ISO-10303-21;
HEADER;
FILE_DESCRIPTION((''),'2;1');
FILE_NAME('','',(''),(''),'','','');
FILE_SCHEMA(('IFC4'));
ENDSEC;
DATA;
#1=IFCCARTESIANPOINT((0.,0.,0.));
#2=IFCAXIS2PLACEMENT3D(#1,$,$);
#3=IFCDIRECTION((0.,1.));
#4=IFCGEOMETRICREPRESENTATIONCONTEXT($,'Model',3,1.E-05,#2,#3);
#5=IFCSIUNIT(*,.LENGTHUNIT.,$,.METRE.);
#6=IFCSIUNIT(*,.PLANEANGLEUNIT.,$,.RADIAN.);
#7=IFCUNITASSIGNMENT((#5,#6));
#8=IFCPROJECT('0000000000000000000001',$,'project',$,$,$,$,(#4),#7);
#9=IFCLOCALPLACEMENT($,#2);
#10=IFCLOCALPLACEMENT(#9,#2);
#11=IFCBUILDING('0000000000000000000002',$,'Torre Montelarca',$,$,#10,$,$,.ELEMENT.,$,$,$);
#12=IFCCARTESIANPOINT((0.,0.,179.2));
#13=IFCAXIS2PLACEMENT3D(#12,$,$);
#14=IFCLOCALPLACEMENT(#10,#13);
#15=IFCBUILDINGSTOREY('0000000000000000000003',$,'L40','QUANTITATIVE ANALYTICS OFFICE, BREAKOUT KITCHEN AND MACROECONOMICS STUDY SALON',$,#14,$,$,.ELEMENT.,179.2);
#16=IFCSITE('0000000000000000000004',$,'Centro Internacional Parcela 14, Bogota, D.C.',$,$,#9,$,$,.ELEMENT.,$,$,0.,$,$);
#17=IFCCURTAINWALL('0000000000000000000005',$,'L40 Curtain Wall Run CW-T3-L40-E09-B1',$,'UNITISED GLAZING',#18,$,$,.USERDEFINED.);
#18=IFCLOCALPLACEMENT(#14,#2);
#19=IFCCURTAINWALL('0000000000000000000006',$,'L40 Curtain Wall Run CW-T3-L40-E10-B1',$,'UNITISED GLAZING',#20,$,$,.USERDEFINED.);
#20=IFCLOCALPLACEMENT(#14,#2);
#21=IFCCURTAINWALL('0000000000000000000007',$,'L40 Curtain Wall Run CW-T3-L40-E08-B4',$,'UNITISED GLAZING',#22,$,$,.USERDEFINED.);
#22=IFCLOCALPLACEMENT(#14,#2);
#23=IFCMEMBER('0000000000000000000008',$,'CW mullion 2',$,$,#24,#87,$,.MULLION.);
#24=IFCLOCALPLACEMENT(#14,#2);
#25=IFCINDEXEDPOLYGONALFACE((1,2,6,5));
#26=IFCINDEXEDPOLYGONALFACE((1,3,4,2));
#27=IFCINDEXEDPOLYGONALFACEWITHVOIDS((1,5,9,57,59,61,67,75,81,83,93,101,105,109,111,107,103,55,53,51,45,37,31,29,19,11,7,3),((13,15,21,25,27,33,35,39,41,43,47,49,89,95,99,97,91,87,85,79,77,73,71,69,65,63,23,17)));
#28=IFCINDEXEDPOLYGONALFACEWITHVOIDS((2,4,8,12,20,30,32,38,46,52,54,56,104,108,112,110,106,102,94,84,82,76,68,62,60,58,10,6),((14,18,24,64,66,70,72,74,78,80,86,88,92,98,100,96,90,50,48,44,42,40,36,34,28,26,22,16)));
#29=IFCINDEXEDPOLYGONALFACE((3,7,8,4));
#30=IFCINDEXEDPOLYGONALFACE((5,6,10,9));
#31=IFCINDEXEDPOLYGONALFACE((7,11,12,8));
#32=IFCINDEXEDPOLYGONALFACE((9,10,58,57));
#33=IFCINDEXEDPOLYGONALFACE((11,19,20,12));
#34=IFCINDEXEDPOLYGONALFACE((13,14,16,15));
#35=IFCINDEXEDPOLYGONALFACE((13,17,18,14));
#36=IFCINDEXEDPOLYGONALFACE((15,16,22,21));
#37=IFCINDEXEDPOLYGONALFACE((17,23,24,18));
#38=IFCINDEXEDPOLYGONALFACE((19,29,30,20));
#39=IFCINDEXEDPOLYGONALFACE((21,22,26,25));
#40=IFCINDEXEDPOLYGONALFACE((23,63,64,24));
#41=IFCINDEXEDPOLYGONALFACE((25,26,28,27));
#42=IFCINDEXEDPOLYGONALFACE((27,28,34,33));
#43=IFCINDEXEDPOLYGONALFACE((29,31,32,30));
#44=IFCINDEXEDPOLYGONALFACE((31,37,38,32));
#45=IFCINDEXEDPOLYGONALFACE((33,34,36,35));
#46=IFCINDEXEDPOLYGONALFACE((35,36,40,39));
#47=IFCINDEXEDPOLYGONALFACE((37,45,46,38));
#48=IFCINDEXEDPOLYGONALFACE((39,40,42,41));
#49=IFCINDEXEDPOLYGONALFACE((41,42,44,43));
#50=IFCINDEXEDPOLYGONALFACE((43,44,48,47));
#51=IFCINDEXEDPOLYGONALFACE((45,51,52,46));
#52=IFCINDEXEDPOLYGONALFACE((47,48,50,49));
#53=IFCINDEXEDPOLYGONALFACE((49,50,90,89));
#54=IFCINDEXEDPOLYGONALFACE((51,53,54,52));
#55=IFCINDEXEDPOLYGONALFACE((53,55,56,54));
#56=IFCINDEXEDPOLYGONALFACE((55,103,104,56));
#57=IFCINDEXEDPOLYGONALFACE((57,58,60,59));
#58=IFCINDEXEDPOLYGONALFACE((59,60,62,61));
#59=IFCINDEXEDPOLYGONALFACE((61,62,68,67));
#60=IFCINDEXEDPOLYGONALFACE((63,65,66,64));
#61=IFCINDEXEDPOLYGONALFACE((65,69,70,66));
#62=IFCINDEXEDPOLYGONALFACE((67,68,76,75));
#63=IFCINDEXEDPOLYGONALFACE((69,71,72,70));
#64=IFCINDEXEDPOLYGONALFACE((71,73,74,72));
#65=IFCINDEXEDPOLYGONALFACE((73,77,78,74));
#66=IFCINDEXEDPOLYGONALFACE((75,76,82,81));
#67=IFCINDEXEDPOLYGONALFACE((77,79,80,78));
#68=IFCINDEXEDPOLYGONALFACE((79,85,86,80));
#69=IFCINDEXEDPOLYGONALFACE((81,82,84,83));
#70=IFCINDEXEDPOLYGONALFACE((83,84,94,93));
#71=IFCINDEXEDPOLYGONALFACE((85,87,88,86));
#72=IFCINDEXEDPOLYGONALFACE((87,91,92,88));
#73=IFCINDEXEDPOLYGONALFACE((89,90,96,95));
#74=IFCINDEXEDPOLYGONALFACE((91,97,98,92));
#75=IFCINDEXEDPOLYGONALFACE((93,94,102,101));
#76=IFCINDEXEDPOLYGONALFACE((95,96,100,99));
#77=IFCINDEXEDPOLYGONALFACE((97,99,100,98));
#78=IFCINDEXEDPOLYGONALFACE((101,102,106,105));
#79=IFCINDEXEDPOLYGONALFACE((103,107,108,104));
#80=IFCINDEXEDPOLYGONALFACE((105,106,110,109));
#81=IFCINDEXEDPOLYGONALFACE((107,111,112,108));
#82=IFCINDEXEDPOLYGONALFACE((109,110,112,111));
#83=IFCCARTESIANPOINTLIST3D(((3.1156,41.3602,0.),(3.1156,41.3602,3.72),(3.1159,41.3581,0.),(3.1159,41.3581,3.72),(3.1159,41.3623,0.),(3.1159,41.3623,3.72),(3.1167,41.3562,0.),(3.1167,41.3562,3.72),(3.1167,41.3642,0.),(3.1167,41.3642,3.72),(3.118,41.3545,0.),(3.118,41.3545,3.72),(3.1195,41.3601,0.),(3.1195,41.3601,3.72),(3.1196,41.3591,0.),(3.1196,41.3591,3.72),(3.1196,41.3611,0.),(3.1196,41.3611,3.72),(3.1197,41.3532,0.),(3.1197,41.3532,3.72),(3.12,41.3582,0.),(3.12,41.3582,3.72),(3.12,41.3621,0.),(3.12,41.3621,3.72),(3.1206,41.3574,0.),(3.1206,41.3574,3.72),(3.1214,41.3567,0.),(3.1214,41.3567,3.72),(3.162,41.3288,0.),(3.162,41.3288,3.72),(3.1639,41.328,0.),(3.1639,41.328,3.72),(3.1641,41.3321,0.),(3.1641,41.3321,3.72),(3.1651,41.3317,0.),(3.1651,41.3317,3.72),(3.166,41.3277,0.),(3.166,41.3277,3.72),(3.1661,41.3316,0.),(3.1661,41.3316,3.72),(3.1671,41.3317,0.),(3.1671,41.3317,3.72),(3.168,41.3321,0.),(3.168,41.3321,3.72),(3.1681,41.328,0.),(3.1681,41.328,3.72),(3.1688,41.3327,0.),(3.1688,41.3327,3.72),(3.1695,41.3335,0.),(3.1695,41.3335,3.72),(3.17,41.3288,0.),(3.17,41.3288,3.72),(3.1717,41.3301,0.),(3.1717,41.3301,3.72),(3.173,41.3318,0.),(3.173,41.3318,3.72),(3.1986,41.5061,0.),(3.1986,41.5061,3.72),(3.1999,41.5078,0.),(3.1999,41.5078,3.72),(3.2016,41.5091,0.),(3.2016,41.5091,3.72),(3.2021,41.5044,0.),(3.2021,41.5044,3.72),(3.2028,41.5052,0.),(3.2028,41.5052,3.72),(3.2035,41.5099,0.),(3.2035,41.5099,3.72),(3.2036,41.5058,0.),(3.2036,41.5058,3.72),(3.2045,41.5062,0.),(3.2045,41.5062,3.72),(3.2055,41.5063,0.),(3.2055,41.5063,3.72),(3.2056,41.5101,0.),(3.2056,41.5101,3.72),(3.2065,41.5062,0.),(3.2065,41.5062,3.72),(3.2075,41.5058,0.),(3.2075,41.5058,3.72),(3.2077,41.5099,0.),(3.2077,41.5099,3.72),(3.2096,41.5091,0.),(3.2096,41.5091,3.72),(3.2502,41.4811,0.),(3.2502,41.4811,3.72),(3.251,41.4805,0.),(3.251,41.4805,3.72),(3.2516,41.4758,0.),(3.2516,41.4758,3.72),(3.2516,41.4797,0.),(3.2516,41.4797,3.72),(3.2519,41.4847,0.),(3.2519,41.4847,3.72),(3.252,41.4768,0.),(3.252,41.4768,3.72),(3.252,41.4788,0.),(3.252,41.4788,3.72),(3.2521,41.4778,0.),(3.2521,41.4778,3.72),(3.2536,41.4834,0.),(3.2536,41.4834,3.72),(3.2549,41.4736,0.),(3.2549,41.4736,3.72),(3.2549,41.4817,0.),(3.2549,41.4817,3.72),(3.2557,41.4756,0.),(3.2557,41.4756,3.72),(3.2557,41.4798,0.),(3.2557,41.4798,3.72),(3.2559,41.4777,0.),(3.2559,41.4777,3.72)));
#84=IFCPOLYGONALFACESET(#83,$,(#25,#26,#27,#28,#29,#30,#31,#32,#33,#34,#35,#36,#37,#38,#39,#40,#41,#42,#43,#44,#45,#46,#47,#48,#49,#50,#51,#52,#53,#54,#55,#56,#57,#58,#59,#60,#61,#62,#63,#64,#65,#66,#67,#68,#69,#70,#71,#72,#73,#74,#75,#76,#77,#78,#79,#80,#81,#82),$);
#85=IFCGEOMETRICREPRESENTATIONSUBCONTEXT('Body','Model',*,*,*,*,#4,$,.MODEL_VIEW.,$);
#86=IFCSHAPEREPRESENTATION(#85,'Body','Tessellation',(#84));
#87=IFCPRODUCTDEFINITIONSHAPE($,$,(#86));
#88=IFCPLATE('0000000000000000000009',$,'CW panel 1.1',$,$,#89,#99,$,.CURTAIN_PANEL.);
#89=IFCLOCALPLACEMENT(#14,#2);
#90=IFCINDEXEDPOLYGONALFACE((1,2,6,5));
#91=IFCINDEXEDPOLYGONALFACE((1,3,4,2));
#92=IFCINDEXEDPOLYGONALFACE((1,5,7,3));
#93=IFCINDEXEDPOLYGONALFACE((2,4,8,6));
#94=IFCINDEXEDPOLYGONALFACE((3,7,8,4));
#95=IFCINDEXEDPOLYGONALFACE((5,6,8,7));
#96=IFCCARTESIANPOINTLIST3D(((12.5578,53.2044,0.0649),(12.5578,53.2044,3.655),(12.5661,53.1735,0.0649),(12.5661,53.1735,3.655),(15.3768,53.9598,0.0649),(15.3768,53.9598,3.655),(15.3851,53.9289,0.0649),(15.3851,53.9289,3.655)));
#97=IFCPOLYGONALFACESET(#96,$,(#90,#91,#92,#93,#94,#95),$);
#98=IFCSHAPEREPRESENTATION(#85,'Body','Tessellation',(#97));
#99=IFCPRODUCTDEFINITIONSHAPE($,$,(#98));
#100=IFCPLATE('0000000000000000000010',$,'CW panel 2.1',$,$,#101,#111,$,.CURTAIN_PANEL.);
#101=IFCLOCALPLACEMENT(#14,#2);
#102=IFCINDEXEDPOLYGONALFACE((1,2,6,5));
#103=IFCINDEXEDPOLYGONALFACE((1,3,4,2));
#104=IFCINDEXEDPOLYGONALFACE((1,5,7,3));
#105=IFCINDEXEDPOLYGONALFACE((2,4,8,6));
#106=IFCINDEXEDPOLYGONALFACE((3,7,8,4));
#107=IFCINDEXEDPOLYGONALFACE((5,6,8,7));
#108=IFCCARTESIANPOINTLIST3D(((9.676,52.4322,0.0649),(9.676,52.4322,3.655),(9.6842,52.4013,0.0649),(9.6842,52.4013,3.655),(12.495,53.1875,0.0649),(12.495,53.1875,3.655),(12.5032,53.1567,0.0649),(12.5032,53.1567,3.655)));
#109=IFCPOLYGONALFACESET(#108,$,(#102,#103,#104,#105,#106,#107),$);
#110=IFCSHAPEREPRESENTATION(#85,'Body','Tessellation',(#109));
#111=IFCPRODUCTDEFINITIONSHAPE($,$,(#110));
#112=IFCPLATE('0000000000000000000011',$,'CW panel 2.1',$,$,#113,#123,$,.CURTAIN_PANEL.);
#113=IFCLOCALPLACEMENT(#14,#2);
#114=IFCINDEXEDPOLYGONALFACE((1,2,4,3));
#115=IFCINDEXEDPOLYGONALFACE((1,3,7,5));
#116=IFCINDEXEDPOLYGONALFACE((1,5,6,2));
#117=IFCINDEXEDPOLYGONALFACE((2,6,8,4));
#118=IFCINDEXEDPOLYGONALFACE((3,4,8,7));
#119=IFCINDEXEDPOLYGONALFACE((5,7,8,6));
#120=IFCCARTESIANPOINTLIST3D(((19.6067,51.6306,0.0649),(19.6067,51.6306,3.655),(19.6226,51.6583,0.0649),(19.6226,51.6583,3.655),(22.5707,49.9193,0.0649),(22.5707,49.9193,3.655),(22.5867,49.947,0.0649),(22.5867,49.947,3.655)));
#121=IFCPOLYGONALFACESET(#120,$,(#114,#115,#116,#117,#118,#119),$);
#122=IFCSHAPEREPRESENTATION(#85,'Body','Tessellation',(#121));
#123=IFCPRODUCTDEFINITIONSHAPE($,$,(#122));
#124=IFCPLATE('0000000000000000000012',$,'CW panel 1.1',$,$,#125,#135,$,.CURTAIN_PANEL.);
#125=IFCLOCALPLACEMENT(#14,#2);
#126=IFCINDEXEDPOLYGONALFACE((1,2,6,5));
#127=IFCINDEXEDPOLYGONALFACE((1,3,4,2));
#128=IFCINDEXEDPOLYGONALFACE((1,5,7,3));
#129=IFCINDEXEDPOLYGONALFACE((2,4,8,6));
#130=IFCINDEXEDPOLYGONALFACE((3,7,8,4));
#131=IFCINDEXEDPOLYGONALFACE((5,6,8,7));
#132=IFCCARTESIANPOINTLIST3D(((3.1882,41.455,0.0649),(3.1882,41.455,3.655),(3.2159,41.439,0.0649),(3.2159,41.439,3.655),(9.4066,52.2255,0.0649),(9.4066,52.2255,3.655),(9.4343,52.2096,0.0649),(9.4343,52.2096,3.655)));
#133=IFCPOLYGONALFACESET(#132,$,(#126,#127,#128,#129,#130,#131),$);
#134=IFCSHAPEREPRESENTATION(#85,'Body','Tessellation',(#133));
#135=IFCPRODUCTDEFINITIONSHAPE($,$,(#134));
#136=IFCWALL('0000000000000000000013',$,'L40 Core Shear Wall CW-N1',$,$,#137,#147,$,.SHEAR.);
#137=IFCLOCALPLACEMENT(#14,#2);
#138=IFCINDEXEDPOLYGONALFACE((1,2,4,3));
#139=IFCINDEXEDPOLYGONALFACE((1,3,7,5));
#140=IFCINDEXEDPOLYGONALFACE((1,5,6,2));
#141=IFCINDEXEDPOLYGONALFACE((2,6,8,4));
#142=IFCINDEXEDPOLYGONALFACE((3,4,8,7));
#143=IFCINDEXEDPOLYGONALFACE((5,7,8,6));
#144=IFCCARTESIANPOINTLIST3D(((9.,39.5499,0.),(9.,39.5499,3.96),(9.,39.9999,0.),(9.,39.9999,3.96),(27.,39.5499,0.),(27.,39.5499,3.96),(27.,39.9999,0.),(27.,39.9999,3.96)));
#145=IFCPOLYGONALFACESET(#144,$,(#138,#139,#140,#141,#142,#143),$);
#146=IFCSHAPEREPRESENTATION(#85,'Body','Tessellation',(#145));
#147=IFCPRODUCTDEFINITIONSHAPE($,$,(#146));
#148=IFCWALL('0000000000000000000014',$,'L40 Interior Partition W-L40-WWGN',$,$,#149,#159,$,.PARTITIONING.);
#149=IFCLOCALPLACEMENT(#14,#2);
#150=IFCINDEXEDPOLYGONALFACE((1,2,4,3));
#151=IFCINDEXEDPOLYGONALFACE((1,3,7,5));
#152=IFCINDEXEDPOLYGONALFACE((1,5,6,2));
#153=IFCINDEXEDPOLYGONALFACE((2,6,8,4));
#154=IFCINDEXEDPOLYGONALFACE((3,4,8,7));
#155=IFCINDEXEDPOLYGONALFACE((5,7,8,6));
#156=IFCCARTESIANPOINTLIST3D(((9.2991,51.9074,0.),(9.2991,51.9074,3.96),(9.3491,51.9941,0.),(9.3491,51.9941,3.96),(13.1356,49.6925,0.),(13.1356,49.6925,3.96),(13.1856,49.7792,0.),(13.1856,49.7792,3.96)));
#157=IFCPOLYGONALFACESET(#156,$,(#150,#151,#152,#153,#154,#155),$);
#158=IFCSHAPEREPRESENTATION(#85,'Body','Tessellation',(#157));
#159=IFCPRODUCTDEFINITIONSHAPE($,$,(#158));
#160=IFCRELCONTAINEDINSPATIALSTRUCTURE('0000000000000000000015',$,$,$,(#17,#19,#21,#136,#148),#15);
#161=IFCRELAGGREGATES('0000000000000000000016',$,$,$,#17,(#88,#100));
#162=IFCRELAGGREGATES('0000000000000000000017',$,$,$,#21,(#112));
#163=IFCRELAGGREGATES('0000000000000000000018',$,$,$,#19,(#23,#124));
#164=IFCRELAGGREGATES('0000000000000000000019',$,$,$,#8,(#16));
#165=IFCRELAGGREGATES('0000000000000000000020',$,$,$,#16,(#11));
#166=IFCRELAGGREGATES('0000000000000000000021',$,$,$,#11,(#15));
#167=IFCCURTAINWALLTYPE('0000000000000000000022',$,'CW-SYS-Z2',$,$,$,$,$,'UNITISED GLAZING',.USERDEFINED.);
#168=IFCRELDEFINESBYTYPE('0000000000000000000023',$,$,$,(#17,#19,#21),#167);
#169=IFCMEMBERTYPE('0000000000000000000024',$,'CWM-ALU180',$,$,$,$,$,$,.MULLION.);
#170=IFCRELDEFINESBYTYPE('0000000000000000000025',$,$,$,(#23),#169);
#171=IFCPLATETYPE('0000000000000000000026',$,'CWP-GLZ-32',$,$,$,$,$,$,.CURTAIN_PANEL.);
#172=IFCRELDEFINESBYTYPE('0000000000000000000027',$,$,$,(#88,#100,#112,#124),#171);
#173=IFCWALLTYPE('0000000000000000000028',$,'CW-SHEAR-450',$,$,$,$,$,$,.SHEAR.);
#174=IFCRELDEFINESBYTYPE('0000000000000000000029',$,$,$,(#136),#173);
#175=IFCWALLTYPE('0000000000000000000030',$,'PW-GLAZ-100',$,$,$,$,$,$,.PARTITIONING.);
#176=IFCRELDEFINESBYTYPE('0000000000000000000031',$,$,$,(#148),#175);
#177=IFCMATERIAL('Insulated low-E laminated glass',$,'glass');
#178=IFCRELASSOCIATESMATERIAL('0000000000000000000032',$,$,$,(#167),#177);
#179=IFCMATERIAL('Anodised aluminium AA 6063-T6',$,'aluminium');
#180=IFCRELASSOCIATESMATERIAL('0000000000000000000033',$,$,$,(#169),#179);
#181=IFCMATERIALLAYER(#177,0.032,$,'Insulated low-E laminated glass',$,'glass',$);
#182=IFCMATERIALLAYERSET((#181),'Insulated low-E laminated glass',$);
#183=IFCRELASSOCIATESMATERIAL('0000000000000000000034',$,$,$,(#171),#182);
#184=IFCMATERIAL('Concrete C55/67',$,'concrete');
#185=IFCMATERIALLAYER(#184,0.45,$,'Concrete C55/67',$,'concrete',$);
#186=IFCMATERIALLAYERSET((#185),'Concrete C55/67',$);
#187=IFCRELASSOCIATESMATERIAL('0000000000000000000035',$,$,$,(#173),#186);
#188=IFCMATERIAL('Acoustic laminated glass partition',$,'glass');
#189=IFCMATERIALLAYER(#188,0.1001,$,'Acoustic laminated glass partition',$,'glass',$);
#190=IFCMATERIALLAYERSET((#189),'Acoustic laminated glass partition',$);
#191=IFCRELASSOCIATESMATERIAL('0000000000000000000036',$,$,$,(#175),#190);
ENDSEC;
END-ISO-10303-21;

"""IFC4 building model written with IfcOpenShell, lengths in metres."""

from ifc_helpers import new_model, si_unit, direction, frame, frame_2d, origin, origin_2d, place, context, subcontext, project, spatial, rectangle, hollow_rectangle, extrude, source, transform, mapped, material, layer, layer_set, material_profile, profile_set, type_object, element, aggregate, save


model = new_model("IFC4")

# Units and contexts
model_context = context("Model", 3, precision=1e-05, world=origin(), true_north=direction((0.0, 1.0)))
body_context = subcontext(model_context, "Body", "Model", "MODEL_VIEW")
ifc_project = project(units=[si_unit("LENGTHUNIT", "METRE"), si_unit("PLANEANGLEUNIT", "RADIAN")], contexts=[model_context])

# Site, building, storey
site_placement = place(None, origin())
site = spatial("IfcSite", under=ifc_project, at=site_placement, Name="Centro Internacional Parcela 14, Bogota, D.C.", CompositionType="ELEMENT", RefElevation=0.0)
building_placement = place(site_placement, origin())
building = spatial("IfcBuilding", under=site, at=building_placement, Name="Torre Montelarca", CompositionType="ELEMENT")
storey_placement = place(building_placement, frame((0.0, 0.0, 179.2)))
storey = spatial("IfcBuildingStorey", under=building, at=storey_placement, Name="L40", Description="QUANTITATIVE ANALYTICS OFFICE, BREAKOUT KITCHEN AND MACROECONOMICS STUDY SALON", CompositionType="ELEMENT", Elevation=179.2)

# Shared definitions
ifc_material_1 = material(Name="Concrete C55/67", Category="concrete")

# Curtain walls
ifc_material_2 = material(Name="Insulated low-E laminated glass", Category="glass")
curtain_wall_type = type_object("IfcCurtainWallType", Name="CW-SYS-Z2", ElementType="UNITISED GLAZING", PredefinedType="USERDEFINED", material=ifc_material_2)
curtain_wall_1_placement = place(storey_placement, origin())
curtain_wall_1 = element("IfcCurtainWall", 1, at=curtain_wall_1_placement, inside=storey, type_object=curtain_wall_type, Name="L40 Curtain Wall Run CW-T3-L40-E09-B1", ObjectType="UNITISED GLAZING", PredefinedType="USERDEFINED")
ifc_material_3 = material(Name="Anodised aluminium AA 6063-T6", Category="aluminium")
curtain_wall_2_placement = place(storey_placement, origin())
curtain_wall_2 = element("IfcCurtainWall", 2, at=curtain_wall_2_placement, inside=storey, type_object=curtain_wall_type, Name="L40 Curtain Wall Run CW-T3-L40-E10-B1", ObjectType="UNITISED GLAZING", PredefinedType="USERDEFINED")

# Curtain wall
curtain_wall_3_placement = place(storey_placement, origin())
curtain_wall_3 = element("IfcCurtainWall", 3, at=curtain_wall_3_placement, inside=storey, type_object=curtain_wall_type, Name="L40 Curtain Wall Run CW-T3-L40-E08-B4", ObjectType="UNITISED GLAZING", PredefinedType="USERDEFINED")
ifc_material_profile_1 = material_profile(ifc_material_3, hollow_rectangle(XDim=0.0649, YDim=0.1799, WallThickness=0.0039, InnerFilletRadius=0.0039, OuterFilletRadius=0.0081, at=origin_2d()), Name="ALU65X180X4", Category="aluminium")
ifc_profile_set_1 = profile_set([ifc_material_profile_1], Name="Anodised aluminium AA 6063-T6")
member_type_1 = type_object("IfcMemberType", Name="CWM-ALU180", PredefinedType="MULLION", material=ifc_profile_set_1)
shared_shape_1 = source(origin(), body_context, "Body", "SweptSolid", [
    extrude(hollow_rectangle(XDim=0.0649, YDim=0.1799, WallThickness=0.0039, InnerFilletRadius=0.0039, OuterFilletRadius=0.0081, at=origin_2d()), origin(), (0.0, 0.0, 1.0), 3.72),
])

# Member
member_1_placement = place(storey_placement, frame((3.1858, 41.4189, 0.0), z_axis=(0.0, 0.0, 1.0), x_axis=(0.866025, -0.500001, 0.0)))
member_1 = element("IfcMember", 4, at=member_1_placement, type_object=member_type_1, Name="CW mullion 2", PredefinedType="MULLION", context=body_context, shape_type="MappedRepresentation", body=[
    mapped(shared_shape_1, transform((0.0, 0.0, 0.0), scale=1.0)),
])

# Plates
ifc_layer_1 = layer(ifc_material_2, 0.032, Name="Insulated low-E laminated glass", Category="glass")
ifc_layer_set_1 = layer_set([ifc_layer_1], Name="Insulated low-E laminated glass")
plate_type = type_object("IfcPlateType", Name="CWP-GLZ-32", PredefinedType="CURTAIN_PANEL", material=ifc_layer_set_1)
shared_shape_2 = source(origin(), body_context, "Body", "SweptSolid", [
    extrude(rectangle(XDim=2.9185, YDim=0.032, at=origin_2d()), origin(), (0.0, 0.0, 1.0), 3.5901),
])
plate_1_placement = place(storey_placement, frame((13.9714, 53.5667, 0.0649), z_axis=(0.0, 0.0, 1.0), x_axis=(-0.965927, -0.258814, 0.0)))
plate_1 = element("IfcPlate", 5, at=plate_1_placement, type_object=plate_type, Name="CW panel 1.1", PredefinedType="CURTAIN_PANEL", context=body_context, shape_type="MappedRepresentation", body=[
    mapped(shared_shape_2, transform((0.0, 0.0, 0.0), scale=1.0)),
])
plate_2_placement = place(storey_placement, frame((11.0896, 52.7944, 0.0649), z_axis=(0.0, 0.0, 1.0), x_axis=(-0.965927, -0.258814, 0.0)))
plate_2 = element("IfcPlate", 6, at=plate_2_placement, type_object=plate_type, Name="CW panel 2.1", PredefinedType="CURTAIN_PANEL", context=body_context, shape_type="MappedRepresentation", body=[
    mapped(shared_shape_2, transform((0.0, 0.0, 0.0), scale=1.0)),
])
aggregate(curtain_wall_1, [plate_1, plate_2])
shared_shape_3 = source(origin(), body_context, "Body", "SweptSolid", [
    extrude(rectangle(XDim=3.4226, YDim=0.032, at=origin_2d()), origin(), (0.0, 0.0, 1.0), 3.5901),
])
plate_3_placement = place(storey_placement, frame((21.0967, 50.7888, 0.0649), z_axis=(0.0, 0.0, 1.0), x_axis=(-0.866025, 0.500001, 0.0)))
plate_3 = element("IfcPlate", 7, at=plate_3_placement, type_object=plate_type, Name="CW panel 2.1", PredefinedType="CURTAIN_PANEL", context=body_context, shape_type="MappedRepresentation", body=[
    mapped(shared_shape_3, transform((0.0, 0.0, 0.0), scale=1.0)),
])
aggregate(curtain_wall_3, [plate_3])
shared_shape_4 = source(origin(), body_context, "Body", "SweptSolid", [
    extrude(rectangle(XDim=12.4368, YDim=0.032, at=origin_2d()), origin(), (0.0, 0.0, 1.0), 3.5901),
])
plate_4_placement = place(storey_placement, frame((6.3113, 46.8323, 0.0649), z_axis=(0.0, 0.0, 1.0), x_axis=(-0.500001, -0.866025, 0.0)))
plate_4 = element("IfcPlate", 8, at=plate_4_placement, type_object=plate_type, Name="CW panel 1.1", PredefinedType="CURTAIN_PANEL", context=body_context, shape_type="MappedRepresentation", body=[
    mapped(shared_shape_4, transform((0.0, 0.0, 0.0), scale=1.0)),
])
aggregate(curtain_wall_2, [member_1, plate_4])

# Walls
ifc_layer_2 = layer(ifc_material_1, 0.45, Name="Concrete C55/67", Category="concrete")
ifc_layer_set_2 = layer_set([ifc_layer_2], Name="Concrete C55/67")
wall_type_1 = type_object("IfcWallType", Name="CW-SHEAR-450", PredefinedType="SHEAR", material=ifc_layer_set_2)
wall_1_placement = place(storey_placement, frame((9.0, 39.7749, 0.0), z_axis=(0.0, 0.0, 1.0), x_axis=(1.0, 0.0, 0.0)))
element("IfcWall", 9, at=wall_1_placement, inside=storey, type_object=wall_type_1, Name="L40 Core Shear Wall CW-N1", PredefinedType="SHEAR", context=body_context, shape_type="SweptSolid", body=[
    extrude(rectangle(XDim=18.0, YDim=0.45, at=frame_2d((9.0, 0.0))), origin(), (0.0, 0.0, 1.0), 3.96),
])
ifc_material_4 = material(Name="Acoustic laminated glass partition", Category="glass")
ifc_layer_3 = layer(ifc_material_4, 0.1001, Name="Acoustic laminated glass partition", Category="glass")
ifc_layer_set_3 = layer_set([ifc_layer_3], Name="Acoustic laminated glass partition")
wall_type_2 = type_object("IfcWallType", Name="PW-GLAZ-100", PredefinedType="PARTITIONING", material=ifc_layer_set_3)
wall_2_placement = place(storey_placement, frame((9.3242, 51.9507, 0.0), z_axis=(0.0, 0.0, 1.0), x_axis=(0.866037, -0.49998, 0.0)))
element("IfcWall", 10, at=wall_2_placement, inside=storey, type_object=wall_type_2, Name="L40 Interior Partition W-L40-WWGN", PredefinedType="PARTITIONING", context=body_context, shape_type="SweptSolid", body=[
    extrude(rectangle(XDim=4.4299, YDim=0.1001, at=frame_2d((2.2148, 0.0))), origin(), (0.0, 0.0, 1.0), 3.96),
])

save(model, "model.ifc")
